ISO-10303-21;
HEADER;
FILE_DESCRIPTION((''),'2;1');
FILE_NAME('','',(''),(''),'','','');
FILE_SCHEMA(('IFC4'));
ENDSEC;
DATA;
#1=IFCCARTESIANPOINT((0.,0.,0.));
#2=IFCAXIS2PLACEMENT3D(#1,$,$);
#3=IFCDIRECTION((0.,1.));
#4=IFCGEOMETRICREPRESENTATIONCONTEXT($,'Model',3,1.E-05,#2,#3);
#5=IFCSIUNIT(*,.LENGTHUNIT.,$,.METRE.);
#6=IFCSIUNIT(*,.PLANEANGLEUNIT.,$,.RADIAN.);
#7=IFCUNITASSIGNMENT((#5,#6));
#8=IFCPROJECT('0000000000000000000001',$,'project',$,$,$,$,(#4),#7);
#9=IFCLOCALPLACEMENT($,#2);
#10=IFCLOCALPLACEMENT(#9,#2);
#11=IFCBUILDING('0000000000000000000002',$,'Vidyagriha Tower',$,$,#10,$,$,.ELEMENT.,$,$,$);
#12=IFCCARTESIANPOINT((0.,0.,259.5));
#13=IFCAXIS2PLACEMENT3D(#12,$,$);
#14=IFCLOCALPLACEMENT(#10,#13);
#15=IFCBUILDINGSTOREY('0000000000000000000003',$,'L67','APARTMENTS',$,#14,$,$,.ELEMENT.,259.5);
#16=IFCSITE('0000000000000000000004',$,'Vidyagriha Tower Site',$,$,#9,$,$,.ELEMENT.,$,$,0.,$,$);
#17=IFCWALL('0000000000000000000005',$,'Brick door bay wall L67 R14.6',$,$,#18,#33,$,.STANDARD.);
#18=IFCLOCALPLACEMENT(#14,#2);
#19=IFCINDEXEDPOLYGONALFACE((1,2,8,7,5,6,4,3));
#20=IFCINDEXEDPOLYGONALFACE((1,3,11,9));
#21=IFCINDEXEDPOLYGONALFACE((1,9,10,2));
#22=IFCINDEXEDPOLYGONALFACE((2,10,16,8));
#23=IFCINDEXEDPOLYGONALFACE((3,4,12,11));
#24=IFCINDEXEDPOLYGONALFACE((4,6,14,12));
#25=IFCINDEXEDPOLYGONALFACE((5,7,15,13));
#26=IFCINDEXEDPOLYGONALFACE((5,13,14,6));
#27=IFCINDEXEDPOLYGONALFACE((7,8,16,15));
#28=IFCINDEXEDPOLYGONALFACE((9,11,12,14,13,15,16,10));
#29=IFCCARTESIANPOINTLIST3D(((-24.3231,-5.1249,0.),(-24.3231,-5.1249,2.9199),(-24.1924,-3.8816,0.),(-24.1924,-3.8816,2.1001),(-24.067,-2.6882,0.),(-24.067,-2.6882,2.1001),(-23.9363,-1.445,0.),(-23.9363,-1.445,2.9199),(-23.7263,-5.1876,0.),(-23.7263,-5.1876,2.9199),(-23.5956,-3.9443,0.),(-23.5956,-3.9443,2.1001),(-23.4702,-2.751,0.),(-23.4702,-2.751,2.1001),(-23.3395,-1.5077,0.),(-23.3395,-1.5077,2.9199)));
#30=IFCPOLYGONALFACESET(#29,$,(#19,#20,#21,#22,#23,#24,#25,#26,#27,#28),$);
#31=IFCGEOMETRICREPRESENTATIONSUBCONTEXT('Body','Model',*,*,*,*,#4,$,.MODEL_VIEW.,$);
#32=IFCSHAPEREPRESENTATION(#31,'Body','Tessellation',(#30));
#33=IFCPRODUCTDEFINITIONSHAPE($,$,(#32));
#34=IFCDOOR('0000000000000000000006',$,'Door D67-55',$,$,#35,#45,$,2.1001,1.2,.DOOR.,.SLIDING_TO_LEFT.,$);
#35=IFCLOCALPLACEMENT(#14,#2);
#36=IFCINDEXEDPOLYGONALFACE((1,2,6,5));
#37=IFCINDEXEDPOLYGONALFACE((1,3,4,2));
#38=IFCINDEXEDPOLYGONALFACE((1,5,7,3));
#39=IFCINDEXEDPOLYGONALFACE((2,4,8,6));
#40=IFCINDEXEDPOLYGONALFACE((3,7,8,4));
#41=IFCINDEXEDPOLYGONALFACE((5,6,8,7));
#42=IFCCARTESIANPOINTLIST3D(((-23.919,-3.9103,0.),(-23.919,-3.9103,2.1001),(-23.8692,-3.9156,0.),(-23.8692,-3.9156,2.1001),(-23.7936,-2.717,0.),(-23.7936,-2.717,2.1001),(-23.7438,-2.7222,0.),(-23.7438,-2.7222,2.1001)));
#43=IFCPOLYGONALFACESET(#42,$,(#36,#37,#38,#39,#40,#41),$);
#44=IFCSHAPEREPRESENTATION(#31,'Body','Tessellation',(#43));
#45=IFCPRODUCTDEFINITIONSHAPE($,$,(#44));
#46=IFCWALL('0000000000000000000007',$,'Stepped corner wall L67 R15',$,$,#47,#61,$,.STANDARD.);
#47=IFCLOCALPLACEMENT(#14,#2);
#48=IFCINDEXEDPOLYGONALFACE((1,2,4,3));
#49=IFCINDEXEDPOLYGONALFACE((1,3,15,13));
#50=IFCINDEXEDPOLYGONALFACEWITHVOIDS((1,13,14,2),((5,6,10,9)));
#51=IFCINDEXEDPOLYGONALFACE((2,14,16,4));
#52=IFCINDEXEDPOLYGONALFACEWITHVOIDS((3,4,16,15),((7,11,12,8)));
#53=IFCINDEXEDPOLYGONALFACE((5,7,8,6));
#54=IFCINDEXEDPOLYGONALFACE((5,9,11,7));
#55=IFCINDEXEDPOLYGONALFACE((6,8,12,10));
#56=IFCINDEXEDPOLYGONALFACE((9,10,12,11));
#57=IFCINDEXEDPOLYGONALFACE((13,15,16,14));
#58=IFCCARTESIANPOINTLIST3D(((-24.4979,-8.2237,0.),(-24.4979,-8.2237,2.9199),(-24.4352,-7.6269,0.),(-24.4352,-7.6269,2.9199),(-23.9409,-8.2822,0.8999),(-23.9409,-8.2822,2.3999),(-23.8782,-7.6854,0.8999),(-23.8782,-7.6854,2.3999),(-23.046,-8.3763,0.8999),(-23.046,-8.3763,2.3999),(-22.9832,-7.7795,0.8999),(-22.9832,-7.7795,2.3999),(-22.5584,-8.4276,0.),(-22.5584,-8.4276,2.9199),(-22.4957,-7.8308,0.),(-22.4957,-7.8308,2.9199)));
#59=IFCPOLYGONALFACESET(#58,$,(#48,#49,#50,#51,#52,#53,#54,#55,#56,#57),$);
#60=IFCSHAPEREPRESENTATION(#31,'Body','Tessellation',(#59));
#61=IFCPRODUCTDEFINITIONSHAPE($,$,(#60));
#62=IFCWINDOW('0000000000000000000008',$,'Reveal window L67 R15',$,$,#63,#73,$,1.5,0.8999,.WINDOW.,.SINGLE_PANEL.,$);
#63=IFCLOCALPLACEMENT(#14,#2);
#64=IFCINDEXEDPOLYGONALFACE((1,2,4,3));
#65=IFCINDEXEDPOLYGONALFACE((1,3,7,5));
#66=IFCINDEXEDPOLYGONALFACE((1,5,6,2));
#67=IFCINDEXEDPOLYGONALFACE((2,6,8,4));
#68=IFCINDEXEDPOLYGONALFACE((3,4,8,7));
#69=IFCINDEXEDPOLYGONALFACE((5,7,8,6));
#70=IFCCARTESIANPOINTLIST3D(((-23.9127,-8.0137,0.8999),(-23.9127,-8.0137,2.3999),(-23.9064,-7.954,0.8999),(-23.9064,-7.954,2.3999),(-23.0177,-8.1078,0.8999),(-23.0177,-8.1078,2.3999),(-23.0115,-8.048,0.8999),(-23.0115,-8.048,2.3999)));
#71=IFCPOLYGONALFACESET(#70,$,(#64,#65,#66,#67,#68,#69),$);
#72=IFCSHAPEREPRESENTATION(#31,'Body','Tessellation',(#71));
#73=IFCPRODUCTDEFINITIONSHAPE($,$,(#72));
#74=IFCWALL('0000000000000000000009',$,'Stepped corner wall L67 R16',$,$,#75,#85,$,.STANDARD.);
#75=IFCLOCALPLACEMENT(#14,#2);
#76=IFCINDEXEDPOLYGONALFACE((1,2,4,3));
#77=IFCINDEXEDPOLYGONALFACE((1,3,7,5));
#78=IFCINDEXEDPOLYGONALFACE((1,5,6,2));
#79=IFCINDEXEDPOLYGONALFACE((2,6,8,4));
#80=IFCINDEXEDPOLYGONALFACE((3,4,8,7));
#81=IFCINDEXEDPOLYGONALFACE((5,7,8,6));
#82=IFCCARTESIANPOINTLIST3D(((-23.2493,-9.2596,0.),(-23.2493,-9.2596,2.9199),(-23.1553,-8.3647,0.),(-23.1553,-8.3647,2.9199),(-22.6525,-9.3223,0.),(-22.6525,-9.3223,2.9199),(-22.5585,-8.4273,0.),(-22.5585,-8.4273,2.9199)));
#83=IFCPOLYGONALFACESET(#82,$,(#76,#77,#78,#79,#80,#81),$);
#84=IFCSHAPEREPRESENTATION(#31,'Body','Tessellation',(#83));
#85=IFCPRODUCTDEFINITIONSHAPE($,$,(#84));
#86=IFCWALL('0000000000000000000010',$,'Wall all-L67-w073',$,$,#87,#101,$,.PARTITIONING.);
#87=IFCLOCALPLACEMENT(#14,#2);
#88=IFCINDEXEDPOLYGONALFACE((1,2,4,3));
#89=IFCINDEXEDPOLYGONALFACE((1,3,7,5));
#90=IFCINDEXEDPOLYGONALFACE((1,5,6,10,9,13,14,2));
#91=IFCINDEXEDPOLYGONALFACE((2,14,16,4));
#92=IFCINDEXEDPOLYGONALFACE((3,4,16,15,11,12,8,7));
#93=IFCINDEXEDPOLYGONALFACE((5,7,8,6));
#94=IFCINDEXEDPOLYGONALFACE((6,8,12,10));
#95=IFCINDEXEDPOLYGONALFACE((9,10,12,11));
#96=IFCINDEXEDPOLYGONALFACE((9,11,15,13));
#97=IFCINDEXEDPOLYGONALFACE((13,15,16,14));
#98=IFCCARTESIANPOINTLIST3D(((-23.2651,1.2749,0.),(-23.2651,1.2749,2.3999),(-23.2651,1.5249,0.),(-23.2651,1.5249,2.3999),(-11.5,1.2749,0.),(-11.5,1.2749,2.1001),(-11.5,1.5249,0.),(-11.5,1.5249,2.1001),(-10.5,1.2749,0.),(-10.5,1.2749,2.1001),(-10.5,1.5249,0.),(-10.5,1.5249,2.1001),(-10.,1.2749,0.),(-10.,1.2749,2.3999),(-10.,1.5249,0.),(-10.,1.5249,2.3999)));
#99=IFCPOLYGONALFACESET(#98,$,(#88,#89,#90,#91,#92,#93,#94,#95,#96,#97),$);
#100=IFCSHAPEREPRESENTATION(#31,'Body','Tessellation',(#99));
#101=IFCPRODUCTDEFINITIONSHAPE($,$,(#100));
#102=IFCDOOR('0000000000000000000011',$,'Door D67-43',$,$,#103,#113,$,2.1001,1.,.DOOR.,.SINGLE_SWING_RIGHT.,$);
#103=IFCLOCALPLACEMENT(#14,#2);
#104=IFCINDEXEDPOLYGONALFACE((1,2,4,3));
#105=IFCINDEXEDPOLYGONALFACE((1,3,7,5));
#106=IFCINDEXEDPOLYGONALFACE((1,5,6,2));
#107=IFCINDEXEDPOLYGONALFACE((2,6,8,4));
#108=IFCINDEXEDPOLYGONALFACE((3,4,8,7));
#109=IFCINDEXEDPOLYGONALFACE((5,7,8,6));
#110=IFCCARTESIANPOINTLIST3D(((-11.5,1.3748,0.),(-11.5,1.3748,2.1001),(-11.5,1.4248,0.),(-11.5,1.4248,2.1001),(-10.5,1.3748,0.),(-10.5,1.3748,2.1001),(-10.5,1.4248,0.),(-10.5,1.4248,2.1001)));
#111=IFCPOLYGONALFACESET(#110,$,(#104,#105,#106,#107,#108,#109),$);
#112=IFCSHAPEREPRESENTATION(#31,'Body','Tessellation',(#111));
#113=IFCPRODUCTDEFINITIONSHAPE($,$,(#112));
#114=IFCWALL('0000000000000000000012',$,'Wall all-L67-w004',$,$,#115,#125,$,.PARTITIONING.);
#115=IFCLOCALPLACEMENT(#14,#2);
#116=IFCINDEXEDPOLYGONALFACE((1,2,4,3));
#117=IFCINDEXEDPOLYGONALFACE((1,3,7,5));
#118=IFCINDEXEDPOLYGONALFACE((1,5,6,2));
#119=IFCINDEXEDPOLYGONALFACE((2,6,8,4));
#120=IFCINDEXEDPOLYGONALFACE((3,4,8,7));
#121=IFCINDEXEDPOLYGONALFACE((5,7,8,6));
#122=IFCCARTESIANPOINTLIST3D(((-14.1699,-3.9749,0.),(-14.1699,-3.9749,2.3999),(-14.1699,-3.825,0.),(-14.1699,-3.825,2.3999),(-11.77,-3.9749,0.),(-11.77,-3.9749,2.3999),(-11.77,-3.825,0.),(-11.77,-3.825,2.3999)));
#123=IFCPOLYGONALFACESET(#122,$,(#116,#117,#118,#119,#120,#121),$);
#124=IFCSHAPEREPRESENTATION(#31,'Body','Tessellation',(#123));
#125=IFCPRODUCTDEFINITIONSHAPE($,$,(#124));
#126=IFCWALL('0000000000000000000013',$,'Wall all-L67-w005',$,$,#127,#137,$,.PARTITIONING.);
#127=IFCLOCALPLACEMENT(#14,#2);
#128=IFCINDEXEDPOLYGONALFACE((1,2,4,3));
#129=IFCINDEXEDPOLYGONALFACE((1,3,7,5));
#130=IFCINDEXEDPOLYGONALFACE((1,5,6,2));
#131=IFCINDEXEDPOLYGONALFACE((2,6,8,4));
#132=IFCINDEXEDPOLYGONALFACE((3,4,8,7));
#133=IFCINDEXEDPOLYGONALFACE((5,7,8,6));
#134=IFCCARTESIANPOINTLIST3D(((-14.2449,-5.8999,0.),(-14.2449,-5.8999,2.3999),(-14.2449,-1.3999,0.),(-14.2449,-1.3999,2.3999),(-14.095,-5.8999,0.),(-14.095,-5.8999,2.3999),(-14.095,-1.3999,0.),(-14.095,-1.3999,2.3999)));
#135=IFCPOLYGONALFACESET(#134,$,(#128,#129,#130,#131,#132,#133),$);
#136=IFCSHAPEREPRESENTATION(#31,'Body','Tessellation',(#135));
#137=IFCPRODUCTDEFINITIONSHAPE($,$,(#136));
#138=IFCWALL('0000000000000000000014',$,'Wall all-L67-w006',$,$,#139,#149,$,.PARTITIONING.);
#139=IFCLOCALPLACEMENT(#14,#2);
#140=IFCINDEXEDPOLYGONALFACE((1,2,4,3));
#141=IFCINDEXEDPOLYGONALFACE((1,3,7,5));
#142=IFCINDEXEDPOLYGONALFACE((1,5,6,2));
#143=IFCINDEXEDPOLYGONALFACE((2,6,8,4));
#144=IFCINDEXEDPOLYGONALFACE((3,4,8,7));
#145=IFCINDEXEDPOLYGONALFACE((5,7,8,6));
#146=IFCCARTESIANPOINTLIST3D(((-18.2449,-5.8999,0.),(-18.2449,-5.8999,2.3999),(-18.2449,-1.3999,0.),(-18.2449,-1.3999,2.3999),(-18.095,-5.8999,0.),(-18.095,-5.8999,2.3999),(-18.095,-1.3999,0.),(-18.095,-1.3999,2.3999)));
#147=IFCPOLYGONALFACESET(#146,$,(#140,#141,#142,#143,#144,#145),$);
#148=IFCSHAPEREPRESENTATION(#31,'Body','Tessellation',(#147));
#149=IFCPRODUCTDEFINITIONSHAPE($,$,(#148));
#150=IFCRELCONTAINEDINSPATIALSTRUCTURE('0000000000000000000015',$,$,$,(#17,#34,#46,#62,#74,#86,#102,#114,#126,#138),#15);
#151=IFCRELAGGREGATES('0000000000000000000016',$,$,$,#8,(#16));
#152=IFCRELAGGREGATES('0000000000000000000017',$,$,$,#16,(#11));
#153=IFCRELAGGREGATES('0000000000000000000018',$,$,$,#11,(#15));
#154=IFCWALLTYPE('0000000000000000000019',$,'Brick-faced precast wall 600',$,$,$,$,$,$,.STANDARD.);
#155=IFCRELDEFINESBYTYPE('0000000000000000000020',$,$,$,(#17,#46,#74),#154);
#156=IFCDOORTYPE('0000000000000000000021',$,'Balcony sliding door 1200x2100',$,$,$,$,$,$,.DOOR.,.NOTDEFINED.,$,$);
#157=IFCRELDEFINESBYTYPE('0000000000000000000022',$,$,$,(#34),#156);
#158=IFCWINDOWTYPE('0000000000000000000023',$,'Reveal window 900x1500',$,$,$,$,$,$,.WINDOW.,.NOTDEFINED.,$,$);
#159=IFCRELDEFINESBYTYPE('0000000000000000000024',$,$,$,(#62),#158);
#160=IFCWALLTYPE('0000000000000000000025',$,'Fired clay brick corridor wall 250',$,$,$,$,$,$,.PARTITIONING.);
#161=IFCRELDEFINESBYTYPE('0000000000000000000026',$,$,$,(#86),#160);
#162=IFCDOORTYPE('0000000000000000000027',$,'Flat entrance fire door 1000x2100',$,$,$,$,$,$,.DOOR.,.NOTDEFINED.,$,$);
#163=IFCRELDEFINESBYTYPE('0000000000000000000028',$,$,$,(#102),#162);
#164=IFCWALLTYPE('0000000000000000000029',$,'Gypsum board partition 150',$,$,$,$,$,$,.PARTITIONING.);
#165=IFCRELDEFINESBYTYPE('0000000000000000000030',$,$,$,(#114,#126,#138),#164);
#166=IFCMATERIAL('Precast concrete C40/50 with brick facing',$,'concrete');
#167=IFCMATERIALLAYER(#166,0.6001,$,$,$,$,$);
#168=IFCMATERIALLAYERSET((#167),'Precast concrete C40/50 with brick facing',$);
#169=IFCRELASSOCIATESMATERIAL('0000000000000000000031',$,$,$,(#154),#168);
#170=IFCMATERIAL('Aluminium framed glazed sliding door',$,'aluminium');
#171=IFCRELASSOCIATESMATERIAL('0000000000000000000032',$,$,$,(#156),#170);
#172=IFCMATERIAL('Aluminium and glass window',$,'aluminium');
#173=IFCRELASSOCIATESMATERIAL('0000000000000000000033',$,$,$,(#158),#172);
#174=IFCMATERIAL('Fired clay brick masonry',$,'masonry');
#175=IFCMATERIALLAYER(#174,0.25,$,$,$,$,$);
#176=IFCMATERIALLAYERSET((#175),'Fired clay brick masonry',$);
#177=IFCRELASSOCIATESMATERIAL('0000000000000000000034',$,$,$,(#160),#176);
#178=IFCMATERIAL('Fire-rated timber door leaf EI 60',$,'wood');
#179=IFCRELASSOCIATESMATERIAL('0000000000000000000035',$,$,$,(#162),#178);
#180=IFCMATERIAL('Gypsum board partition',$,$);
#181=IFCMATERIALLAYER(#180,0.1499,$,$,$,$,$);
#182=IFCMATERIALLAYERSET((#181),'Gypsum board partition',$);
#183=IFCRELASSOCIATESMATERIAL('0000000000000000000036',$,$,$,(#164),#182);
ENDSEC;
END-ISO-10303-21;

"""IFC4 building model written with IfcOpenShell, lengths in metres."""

from ifc_helpers import new_model, si_unit, direction, frame, frame_2d, origin, place, context, subcontext, project, spatial, rectangle, extrude, material, layer, layer_set, type_object, element, fill, save


model = new_model("IFC4")

# Units and contexts
model_context = context("Model", 3, precision=1e-05, world=origin(), true_north=direction((0.0, 1.0)))
body_context = subcontext(model_context, "Body", "Model", "MODEL_VIEW")
ifc_project = project(units=[si_unit("LENGTHUNIT", "METRE"), si_unit("PLANEANGLEUNIT", "RADIAN")], contexts=[model_context])

# Site, building, storey
site_placement = place(None, origin())
site = spatial("IfcSite", under=ifc_project, at=site_placement, Name="Vidyagriha Tower Site", CompositionType="ELEMENT", RefElevation=0.0)
building_placement = place(site_placement, origin())
building = spatial("IfcBuilding", under=site, at=building_placement, Name="Vidyagriha Tower", CompositionType="ELEMENT")
storey_placement = place(building_placement, frame((0.0, 0.0, 259.5)))
storey = spatial("IfcBuildingStorey", under=building, at=storey_placement, Name="L67", Description="APARTMENTS", CompositionType="ELEMENT", Elevation=259.5)

# Wall, opening, door
ifc_material_1 = material(Name="Precast concrete C40/50 with brick facing", Category="concrete")
ifc_layer_1 = layer(ifc_material_1, 0.6001)
ifc_layer_set_1 = layer_set([ifc_layer_1], Name="Precast concrete C40/50 with brick facing")
wall_type_1 = type_object("IfcWallType", Name="Brick-faced precast wall 600", PredefinedType="STANDARD", material=ifc_layer_set_1)
wall_1_placement = place(storey_placement, frame((-23.6379, -1.4763, 0.0), z_axis=(0.0, 0.0, 1.0), x_axis=(-0.104513, -0.994524, 0.0)))
wall_1 = element("IfcWall", 1, at=wall_1_placement, inside=storey, type_object=wall_type_1, Name="Brick door bay wall L67 R14.6", PredefinedType="STANDARD", context=body_context, shape_type="SweptSolid", body=[
    extrude(rectangle(XDim=3.7002, YDim=0.6001, at=frame_2d((1.8501, 0.0))), origin(), (0.0, 0.0, 1.0), 2.9199),
])
opening_1_placement = place(wall_1_placement, frame((1.25, 0.0, 0.0)))
opening_1 = element("IfcOpeningElement", 2, at=opening_1_placement, cuts=wall_1, PredefinedType="OPENING", context=body_context, shape_type="SweptSolid", body=[
    extrude(rectangle(XDim=1.2, YDim=2.1001, at=frame_2d((0.6001, 1.05))), frame((0.0, 0.3101, 0.0), z_axis=(0.0, -1.0, 0.0), x_axis=(1.0, 0.0, 0.0)), (0.0, 0.0, 1.0), 0.6201),
])
ifc_material_2 = material(Name="Aluminium framed glazed sliding door", Category="aluminium")
door_type_1 = type_object("IfcDoorType", Name="Balcony sliding door 1200x2100", OperationType="NOTDEFINED", PredefinedType="DOOR", material=ifc_material_2)
door_1_placement = place(opening_1_placement, origin())
door_1 = element("IfcDoor", 3, at=door_1_placement, inside=storey, type_object=door_type_1, Name="Door D67-55", OperationType="SLIDING_TO_LEFT", OverallHeight=2.1001, OverallWidth=1.2, PredefinedType="DOOR", context=body_context, shape_type="SweptSolid", body=[
    extrude(rectangle(XDim=1.2, YDim=2.1001, at=frame_2d((0.6001, 1.05))), frame((0.0, 0.0249, 0.0), z_axis=(0.0, -1.0, 0.0), x_axis=(1.0, 0.0, 0.0)), (0.0, 0.0, 1.0), 0.05),
])
fill(opening_1, door_1)

# Wall, opening, window
wall_2_placement = place(storey_placement, frame((-24.4666, -7.9253, 0.0), z_axis=(0.0, 0.0, 1.0), x_axis=(0.994521, -0.104535, 0.0)))
wall_2 = element("IfcWall", 4, at=wall_2_placement, inside=storey, type_object=wall_type_1, Name="Stepped corner wall L67 R15", PredefinedType="STANDARD", context=body_context, shape_type="SweptSolid", body=[
    extrude(rectangle(XDim=1.9502, YDim=0.6001, at=frame_2d((0.9751, 0.0))), origin(), (0.0, 0.0, 1.0), 2.9199),
])
opening_2_placement = place(wall_2_placement, frame((0.5601, 0.0, 0.8999)))
opening_2 = element("IfcOpeningElement", 5, at=opening_2_placement, cuts=wall_2, PredefinedType="OPENING", context=body_context, shape_type="SweptSolid", body=[
    extrude(rectangle(XDim=0.8999, YDim=1.5, at=frame_2d((0.45, 0.75))), frame((0.0, 0.3101, 0.0), z_axis=(0.0, -1.0, 0.0), x_axis=(1.0, 0.0, 0.0)), (0.0, 0.0, 1.0), 0.6201),
])
ifc_material_3 = material(Name="Aluminium and glass window", Category="aluminium")
window_type = type_object("IfcWindowType", Name="Reveal window 900x1500", PartitioningType="NOTDEFINED", PredefinedType="WINDOW", material=ifc_material_3)
window_placement = place(opening_2_placement, origin())
window = element("IfcWindow", 6, at=window_placement, inside=storey, type_object=window_type, Name="Reveal window L67 R15", OverallHeight=1.5, OverallWidth=0.8999, PartitioningType="SINGLE_PANEL", PredefinedType="WINDOW", context=body_context, shape_type="SweptSolid", body=[
    extrude(rectangle(XDim=0.8999, YDim=1.5, at=frame_2d((0.45, 0.75))), frame((0.0, 0.03, 0.0), z_axis=(0.0, -1.0, 0.0), x_axis=(1.0, 0.0, 0.0)), (0.0, 0.0, 1.0), 0.0601),
])
fill(opening_2, window)

# Wall
wall_3_placement = place(storey_placement, frame((-22.8569, -8.396, 0.0), z_axis=(0.0, 0.0, 1.0), x_axis=(-0.104445, -0.994531, 0.0)))
element("IfcWall", 7, at=wall_3_placement, inside=storey, type_object=wall_type_1, Name="Stepped corner wall L67 R16", PredefinedType="STANDARD", context=body_context, shape_type="SweptSolid", body=[
    extrude(rectangle(XDim=0.8999, YDim=0.6001, at=frame_2d((0.45, 0.0))), origin(), (0.0, 0.0, 1.0), 2.9199),
])

# Wall, opening, door
ifc_material_4 = material(Name="Fired clay brick masonry", Category="masonry")
ifc_layer_2 = layer(ifc_material_4, 0.25)
ifc_layer_set_2 = layer_set([ifc_layer_2], Name="Fired clay brick masonry")
wall_type_2 = type_object("IfcWallType", Name="Fired clay brick corridor wall 250", PredefinedType="PARTITIONING", material=ifc_layer_set_2)
wall_4_placement = place(storey_placement, frame((-23.2651, 1.3999, 0.0)))
wall_4 = element("IfcWall", 8, at=wall_4_placement, inside=storey, type_object=wall_type_2, Name="Wall all-L67-w073", PredefinedType="PARTITIONING", context=body_context, shape_type="SweptSolid", body=[
    extrude(rectangle(XDim=13.2651, YDim=0.25, at=frame_2d((6.6326, 0.0))), origin(), (0.0, 0.0, 1.0), 2.3999),
])
opening_3_placement = place(wall_4_placement, frame((11.7651, 0.0, 0.0)))
opening_3 = element("IfcOpeningElement", 9, at=opening_3_placement, cuts=wall_4, PredefinedType="OPENING", context=body_context, shape_type="SweptSolid", body=[
    extrude(rectangle(XDim=1.0, YDim=2.1001, at=frame_2d((0.5, 1.05))), frame((0.0, 0.135, 0.0), z_axis=(0.0, -1.0, 0.0), x_axis=(1.0, 0.0, 0.0)), (0.0, 0.0, 1.0), 0.27),
])
ifc_material_5 = material(Name="Fire-rated timber door leaf EI 60", Category="wood")
door_type_2 = type_object("IfcDoorType", Name="Flat entrance fire door 1000x2100", OperationType="NOTDEFINED", PredefinedType="DOOR", material=ifc_material_5)
door_2_placement = place(opening_3_placement, origin())
door_2 = element("IfcDoor", 10, at=door_2_placement, inside=storey, type_object=door_type_2, Name="Door D67-43", OperationType="SINGLE_SWING_RIGHT", OverallHeight=2.1001, OverallWidth=1.0, PredefinedType="DOOR", context=body_context, shape_type="SweptSolid", body=[
    extrude(rectangle(XDim=1.0, YDim=2.1001, at=frame_2d((0.5, 1.05))), frame((0.0, 0.0249, 0.0), z_axis=(0.0, -1.0, 0.0), x_axis=(1.0, 0.0, 0.0)), (0.0, 0.0, 1.0), 0.05),
])
fill(opening_3, door_2)

# Walls
ifc_material_6 = material(Name="Gypsum board partition")
ifc_layer_3 = layer(ifc_material_6, 0.1499)
ifc_layer_set_3 = layer_set([ifc_layer_3], Name="Gypsum board partition")
wall_type_3 = type_object("IfcWallType", Name="Gypsum board partition 150", PredefinedType="PARTITIONING", material=ifc_layer_set_3)
wall_5_placement = place(storey_placement, frame((-11.77, -3.8999, 0.0), z_axis=(0.0, 0.0, 1.0), x_axis=(-1.0, 0.0, 0.0)))
element("IfcWall", 11, at=wall_5_placement, inside=storey, type_object=wall_type_3, Name="Wall all-L67-w004", PredefinedType="PARTITIONING", context=body_context, shape_type="SweptSolid", body=[
    extrude(rectangle(XDim=2.3999, YDim=0.1499, at=frame_2d((1.2, 0.0))), origin(), (0.0, 0.0, 1.0), 2.3999),
])
for number, where, z_axis, x_axis, name in (
    (12, (-14.1699, -5.8999, 0.0), (0.0, 0.0, 1.0), (0.0, 1.0, 0.0), "Wall all-L67-w005"),
    (13, (-18.1699, -5.8999, 0.0), (0.0, 0.0, 1.0), (0.0, 1.0, 0.0), "Wall all-L67-w006"),
):
    element("IfcWall", number, at=place(storey_placement, frame(where, z_axis=z_axis, x_axis=x_axis)), inside=storey, type_object=wall_type_3, Name=name, PredefinedType="PARTITIONING", context=body_context, shape_type="SweptSolid", body=[
        extrude(rectangle(XDim=4.5, YDim=0.1499, at=frame_2d((2.25, 0.0))), origin(), (0.0, 0.0, 1.0), 2.3999),
    ])

save(model, "model.ifc")
